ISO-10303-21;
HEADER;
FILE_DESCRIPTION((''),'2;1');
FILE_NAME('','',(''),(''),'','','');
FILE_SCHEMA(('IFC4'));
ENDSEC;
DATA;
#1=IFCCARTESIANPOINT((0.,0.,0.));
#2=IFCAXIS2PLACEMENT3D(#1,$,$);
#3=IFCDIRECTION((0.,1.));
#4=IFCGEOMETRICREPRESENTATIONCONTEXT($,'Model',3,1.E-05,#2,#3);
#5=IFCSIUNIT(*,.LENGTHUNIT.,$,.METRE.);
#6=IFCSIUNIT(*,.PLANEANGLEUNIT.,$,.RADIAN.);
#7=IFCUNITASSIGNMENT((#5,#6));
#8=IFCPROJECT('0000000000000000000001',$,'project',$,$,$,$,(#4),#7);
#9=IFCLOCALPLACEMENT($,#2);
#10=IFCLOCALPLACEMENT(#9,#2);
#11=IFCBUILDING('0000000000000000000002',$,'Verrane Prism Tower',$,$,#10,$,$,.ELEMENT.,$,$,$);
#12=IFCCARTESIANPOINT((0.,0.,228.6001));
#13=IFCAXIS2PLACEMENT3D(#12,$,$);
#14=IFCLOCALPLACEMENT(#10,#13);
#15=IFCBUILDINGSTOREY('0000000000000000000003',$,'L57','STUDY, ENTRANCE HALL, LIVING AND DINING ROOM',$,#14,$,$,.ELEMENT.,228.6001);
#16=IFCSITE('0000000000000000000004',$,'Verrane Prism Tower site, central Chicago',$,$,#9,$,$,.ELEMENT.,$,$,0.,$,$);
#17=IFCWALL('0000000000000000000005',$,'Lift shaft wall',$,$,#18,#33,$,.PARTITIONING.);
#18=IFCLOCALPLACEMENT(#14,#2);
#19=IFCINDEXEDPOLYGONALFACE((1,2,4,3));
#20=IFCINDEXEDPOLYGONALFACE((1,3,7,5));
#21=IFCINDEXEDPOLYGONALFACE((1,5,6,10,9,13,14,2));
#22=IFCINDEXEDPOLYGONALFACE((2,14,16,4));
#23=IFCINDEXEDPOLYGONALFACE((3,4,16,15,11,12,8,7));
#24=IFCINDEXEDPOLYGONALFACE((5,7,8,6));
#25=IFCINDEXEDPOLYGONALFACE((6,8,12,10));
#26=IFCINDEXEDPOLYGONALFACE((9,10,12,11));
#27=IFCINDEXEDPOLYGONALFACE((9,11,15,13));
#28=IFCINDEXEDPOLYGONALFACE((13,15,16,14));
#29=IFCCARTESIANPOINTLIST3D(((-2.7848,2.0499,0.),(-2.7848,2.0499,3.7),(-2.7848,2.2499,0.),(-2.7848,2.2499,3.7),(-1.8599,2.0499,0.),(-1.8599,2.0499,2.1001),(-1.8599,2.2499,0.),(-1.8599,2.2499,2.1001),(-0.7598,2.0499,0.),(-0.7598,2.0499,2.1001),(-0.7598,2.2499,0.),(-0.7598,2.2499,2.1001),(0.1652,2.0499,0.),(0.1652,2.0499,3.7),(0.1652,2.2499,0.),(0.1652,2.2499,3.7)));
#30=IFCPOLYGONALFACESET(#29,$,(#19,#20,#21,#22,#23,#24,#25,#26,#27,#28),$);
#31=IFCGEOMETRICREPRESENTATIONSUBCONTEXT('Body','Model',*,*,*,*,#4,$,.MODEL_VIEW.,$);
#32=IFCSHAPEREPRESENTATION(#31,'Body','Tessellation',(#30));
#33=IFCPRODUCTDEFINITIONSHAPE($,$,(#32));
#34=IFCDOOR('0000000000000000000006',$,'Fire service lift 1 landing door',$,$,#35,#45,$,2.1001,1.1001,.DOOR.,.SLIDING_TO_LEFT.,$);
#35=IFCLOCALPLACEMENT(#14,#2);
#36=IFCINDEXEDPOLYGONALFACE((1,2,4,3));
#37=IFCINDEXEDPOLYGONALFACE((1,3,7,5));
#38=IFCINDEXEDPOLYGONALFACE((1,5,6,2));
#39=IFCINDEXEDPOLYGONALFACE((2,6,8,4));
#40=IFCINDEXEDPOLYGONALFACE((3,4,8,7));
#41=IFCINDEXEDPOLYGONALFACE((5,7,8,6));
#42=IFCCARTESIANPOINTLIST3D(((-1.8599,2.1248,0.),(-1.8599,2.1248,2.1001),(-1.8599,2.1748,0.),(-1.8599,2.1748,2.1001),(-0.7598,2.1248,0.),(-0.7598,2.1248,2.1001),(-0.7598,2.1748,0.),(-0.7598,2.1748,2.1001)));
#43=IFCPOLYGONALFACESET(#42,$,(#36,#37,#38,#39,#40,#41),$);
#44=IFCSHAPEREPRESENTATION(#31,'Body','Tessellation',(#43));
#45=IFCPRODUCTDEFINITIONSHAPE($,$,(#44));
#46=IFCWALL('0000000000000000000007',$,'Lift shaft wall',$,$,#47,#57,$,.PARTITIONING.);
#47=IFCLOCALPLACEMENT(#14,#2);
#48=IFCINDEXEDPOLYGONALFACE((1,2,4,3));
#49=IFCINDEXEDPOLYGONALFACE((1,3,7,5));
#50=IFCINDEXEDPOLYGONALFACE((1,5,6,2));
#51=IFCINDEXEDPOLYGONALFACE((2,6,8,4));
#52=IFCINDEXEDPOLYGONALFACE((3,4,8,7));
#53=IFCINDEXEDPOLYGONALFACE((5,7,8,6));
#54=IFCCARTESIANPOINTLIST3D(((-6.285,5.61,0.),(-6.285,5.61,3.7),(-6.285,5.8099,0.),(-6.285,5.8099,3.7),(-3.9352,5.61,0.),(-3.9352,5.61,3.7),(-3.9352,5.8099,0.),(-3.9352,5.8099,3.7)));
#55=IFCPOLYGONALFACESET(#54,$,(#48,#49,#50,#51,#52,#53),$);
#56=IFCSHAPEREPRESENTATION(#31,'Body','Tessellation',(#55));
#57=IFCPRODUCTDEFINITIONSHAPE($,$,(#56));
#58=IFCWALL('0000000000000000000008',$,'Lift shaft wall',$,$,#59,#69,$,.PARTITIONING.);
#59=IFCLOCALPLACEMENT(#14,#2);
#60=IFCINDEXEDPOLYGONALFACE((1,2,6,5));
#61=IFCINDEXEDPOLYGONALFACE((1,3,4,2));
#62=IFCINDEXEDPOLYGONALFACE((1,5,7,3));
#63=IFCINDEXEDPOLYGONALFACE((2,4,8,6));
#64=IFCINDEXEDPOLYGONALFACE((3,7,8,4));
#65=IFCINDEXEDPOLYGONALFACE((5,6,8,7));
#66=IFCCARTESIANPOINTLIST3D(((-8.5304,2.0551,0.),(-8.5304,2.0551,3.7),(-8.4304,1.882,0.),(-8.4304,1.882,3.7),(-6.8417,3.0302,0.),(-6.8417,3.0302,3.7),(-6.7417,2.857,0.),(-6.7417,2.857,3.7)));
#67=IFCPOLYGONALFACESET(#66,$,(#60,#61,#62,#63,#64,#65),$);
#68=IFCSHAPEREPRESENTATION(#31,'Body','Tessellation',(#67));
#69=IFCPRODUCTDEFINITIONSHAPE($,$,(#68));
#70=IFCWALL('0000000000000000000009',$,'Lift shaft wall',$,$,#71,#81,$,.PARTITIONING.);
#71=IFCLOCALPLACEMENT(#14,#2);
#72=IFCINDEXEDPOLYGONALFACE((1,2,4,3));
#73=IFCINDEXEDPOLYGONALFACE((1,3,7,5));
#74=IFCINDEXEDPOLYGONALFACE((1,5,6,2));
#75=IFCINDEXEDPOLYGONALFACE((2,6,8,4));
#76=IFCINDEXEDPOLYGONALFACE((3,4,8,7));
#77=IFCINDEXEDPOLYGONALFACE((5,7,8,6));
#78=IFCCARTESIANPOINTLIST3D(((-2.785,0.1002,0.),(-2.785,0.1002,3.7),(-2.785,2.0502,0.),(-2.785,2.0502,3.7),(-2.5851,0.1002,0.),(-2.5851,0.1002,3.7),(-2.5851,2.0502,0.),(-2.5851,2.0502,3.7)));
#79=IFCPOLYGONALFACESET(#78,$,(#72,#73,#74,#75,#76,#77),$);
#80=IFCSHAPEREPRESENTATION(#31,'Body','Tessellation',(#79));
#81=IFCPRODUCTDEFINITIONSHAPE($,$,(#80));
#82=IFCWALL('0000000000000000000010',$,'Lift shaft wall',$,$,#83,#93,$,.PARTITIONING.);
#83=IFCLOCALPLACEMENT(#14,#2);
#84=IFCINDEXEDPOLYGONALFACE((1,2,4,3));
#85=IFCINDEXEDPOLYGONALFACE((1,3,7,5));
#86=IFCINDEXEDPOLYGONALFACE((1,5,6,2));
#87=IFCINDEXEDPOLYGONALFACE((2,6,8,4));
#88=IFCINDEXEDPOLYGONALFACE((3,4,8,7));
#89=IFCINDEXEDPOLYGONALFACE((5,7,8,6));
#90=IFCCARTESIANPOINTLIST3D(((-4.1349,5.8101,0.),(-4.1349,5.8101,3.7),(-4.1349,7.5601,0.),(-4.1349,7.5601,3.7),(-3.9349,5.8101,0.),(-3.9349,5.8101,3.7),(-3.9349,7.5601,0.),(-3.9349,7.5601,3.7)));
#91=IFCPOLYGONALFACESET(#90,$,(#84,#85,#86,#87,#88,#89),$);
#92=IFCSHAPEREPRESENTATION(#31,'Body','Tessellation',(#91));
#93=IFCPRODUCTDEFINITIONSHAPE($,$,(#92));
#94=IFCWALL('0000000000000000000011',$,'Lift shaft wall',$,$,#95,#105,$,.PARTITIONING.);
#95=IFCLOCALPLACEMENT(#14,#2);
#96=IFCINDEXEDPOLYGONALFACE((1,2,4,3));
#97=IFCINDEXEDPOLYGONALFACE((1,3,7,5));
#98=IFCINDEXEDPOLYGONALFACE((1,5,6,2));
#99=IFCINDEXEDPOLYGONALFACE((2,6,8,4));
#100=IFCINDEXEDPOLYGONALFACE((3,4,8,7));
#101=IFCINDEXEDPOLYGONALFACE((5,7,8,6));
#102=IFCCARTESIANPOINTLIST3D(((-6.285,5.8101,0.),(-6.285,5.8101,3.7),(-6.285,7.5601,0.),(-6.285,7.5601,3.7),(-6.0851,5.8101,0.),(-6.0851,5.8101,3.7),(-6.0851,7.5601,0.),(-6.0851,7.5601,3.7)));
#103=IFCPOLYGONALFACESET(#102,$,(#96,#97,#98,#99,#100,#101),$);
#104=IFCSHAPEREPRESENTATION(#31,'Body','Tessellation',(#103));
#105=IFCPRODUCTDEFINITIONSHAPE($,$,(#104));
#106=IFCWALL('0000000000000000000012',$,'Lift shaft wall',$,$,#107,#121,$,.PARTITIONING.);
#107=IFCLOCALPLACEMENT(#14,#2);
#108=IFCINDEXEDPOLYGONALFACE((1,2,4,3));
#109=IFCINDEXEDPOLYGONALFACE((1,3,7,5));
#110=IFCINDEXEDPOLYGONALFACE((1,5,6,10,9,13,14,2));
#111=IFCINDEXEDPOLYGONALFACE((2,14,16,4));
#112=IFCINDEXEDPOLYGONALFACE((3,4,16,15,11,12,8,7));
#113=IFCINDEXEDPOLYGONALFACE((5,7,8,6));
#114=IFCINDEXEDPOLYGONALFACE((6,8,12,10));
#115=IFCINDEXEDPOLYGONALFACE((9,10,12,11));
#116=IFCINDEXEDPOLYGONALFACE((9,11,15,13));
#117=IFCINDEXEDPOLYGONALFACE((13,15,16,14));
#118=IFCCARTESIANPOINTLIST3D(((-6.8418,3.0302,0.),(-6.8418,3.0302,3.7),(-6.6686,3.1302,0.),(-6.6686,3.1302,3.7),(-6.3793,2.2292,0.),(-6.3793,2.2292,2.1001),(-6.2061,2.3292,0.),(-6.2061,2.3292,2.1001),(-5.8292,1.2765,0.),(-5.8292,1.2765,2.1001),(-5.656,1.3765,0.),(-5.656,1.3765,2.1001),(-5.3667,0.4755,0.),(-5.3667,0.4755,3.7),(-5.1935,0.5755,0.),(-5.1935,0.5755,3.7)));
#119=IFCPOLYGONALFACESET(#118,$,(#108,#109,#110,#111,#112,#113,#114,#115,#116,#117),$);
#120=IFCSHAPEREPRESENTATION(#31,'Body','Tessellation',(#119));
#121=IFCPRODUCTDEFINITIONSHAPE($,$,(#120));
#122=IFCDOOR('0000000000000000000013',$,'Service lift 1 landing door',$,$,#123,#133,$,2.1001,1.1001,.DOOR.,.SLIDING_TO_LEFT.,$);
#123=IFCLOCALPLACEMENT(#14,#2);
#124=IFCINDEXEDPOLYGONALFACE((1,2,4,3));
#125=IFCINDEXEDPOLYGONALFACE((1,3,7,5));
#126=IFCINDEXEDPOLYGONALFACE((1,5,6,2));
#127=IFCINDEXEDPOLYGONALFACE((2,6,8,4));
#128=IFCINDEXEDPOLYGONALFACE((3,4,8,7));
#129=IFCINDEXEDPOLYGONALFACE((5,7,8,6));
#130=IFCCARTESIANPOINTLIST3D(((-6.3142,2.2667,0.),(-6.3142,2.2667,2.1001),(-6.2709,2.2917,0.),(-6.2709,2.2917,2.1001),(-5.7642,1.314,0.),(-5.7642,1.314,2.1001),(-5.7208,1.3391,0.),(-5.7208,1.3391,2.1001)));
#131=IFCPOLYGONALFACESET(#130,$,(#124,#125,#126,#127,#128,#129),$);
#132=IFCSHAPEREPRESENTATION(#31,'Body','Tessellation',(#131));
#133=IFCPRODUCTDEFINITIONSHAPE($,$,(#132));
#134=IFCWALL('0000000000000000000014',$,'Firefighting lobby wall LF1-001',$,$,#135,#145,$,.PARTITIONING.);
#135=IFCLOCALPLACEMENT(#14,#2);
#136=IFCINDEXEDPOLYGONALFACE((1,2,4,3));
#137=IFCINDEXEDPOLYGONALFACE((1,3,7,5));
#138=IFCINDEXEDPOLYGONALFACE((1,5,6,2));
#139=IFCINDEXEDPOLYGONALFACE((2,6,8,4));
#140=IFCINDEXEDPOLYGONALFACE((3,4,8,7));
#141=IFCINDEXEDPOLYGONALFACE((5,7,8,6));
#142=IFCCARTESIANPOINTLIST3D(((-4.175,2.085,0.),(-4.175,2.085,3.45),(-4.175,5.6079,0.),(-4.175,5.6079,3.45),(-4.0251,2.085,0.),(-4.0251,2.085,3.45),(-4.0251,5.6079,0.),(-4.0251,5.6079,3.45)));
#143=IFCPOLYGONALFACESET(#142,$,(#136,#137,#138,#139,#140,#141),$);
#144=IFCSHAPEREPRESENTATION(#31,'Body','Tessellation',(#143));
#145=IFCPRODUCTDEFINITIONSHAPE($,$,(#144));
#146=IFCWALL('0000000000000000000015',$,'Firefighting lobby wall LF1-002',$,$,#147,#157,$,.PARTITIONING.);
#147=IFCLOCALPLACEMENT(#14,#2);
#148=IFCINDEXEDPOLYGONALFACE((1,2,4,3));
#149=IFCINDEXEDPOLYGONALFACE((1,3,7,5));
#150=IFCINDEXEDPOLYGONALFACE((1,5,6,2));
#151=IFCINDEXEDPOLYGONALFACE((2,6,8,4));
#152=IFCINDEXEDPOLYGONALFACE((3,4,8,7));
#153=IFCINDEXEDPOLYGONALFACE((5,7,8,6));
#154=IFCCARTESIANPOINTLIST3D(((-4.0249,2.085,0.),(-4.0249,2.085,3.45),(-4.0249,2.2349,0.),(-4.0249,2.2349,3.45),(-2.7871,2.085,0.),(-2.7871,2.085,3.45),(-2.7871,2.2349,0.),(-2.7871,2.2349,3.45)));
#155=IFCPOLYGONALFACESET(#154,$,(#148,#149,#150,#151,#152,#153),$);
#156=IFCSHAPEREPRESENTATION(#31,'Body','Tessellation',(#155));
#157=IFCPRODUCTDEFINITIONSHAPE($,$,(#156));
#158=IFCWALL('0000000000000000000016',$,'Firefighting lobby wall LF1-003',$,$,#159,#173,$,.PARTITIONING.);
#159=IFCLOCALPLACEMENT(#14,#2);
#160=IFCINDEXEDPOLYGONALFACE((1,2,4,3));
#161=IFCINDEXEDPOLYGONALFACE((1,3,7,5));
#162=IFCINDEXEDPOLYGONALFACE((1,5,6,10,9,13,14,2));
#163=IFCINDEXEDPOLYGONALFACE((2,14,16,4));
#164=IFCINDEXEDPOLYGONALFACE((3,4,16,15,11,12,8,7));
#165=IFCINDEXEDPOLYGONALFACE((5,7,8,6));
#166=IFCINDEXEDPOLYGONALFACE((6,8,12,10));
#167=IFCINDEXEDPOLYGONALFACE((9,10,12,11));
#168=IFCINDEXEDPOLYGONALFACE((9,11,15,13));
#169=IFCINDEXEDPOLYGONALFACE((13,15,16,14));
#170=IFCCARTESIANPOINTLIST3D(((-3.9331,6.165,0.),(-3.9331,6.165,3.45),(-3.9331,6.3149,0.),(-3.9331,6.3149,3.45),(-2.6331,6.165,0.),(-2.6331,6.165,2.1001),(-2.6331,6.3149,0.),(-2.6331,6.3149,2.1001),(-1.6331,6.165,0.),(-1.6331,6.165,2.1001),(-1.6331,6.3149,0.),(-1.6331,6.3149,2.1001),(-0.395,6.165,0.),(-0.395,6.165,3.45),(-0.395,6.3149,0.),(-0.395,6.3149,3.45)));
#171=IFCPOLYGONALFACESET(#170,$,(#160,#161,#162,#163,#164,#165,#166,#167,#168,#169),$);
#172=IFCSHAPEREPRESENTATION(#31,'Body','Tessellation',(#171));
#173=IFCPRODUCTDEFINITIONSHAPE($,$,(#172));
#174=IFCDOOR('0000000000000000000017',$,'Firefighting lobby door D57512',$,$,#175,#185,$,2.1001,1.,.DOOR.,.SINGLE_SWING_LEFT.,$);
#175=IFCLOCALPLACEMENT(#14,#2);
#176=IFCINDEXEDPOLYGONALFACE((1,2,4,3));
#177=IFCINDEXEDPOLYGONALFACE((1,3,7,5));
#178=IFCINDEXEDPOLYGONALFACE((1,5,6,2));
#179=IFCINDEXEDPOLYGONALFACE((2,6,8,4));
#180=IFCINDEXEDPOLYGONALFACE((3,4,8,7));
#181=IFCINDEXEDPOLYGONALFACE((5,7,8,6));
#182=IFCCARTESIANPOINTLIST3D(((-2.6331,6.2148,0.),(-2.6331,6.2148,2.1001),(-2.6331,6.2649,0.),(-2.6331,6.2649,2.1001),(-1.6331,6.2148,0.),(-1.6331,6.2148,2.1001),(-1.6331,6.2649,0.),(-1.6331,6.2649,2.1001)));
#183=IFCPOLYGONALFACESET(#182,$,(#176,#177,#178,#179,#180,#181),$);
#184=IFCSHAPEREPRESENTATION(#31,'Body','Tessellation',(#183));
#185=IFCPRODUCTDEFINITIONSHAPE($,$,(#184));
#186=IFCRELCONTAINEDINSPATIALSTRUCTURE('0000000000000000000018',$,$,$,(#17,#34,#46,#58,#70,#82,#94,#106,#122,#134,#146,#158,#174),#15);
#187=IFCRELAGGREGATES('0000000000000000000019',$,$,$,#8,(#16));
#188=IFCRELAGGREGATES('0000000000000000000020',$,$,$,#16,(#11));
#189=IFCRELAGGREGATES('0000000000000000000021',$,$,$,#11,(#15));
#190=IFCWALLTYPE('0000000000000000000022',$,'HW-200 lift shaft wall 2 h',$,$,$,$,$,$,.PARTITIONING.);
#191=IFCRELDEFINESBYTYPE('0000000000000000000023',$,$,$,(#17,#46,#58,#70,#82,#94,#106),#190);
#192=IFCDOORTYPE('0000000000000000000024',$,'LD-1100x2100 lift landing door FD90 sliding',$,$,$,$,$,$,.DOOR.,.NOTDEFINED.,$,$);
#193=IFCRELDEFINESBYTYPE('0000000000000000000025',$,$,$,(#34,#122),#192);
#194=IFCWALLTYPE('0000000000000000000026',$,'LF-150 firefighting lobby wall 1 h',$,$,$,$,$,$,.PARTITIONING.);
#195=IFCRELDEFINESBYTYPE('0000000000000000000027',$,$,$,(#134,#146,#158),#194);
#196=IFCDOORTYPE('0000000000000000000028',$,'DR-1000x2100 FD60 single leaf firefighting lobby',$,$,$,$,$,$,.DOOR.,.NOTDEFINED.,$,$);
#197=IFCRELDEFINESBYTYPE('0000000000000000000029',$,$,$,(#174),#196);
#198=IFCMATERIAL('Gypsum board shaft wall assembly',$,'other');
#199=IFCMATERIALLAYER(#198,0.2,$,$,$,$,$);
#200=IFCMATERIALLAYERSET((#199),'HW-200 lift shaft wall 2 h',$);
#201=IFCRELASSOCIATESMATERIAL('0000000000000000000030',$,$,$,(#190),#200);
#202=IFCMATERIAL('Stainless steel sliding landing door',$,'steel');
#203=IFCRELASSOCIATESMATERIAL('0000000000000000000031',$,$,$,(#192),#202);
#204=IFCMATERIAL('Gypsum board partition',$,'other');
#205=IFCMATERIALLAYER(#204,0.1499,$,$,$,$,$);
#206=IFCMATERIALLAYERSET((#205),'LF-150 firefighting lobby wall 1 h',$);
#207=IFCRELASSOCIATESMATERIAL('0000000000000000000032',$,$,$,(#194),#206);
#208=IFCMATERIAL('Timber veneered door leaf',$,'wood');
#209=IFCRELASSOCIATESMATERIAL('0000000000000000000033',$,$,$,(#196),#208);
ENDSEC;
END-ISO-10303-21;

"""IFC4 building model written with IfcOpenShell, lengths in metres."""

from ifc_helpers import new_model, si_unit, direction, frame, frame_2d, origin, place, context, subcontext, project, spatial, rectangle, extrude, material, layer, layer_set, type_object, element, fill, save


model = new_model("IFC4")

# Units and contexts
model_context = context("Model", 3, precision=1e-05, world=origin(), true_north=direction((0.0, 1.0)))
body_context = subcontext(model_context, "Body", "Model", "MODEL_VIEW")
ifc_project = project(units=[si_unit("LENGTHUNIT", "METRE"), si_unit("PLANEANGLEUNIT", "RADIAN")], contexts=[model_context])

# Site, building, storey
site_placement = place(None, origin())
site = spatial("IfcSite", under=ifc_project, at=site_placement, Name="Verrane Prism Tower site, central Chicago", CompositionType="ELEMENT", RefElevation=0.0)
building_placement = place(site_placement, origin())
building = spatial("IfcBuilding", under=site, at=building_placement, Name="Verrane Prism Tower", CompositionType="ELEMENT")
storey_placement = place(building_placement, frame((0.0, 0.0, 228.6001)))
storey = spatial("IfcBuildingStorey", under=building, at=storey_placement, Name="L57", Description="STUDY, ENTRANCE HALL, LIVING AND DINING ROOM", CompositionType="ELEMENT", Elevation=228.6001)

# Wall, opening, door
ifc_material_1 = material(Name="Gypsum board shaft wall assembly", Category="other")
ifc_layer_1 = layer(ifc_material_1, 0.2)
ifc_layer_set_1 = layer_set([ifc_layer_1], Name="HW-200 lift shaft wall 2 h")
wall_type_1 = type_object("IfcWallType", Name="HW-200 lift shaft wall 2 h", PredefinedType="PARTITIONING", material=ifc_layer_set_1)
wall_1_placement = place(storey_placement, frame((-2.7849, 2.1499, 0.0), z_axis=(0.0, 0.0, 1.0), x_axis=(1.0, 0.0, 0.0)))
wall_1 = element("IfcWall", 1, at=wall_1_placement, inside=storey, type_object=wall_type_1, Name="Lift shaft wall", PredefinedType="PARTITIONING", context=body_context, shape_type="SweptSolid", body=[
    extrude(rectangle(XDim=2.95, YDim=0.2, at=frame_2d((1.4751, 0.0))), origin(), (0.0, 0.0, 1.0), 3.7),
])
opening_1_placement = place(wall_1_placement, frame((0.925, 0.0, 0.0)))
opening_1 = element("IfcOpeningElement", 2, at=opening_1_placement, cuts=wall_1, PredefinedType="OPENING", context=body_context, shape_type="SweptSolid", body=[
    extrude(rectangle(XDim=1.1001, YDim=2.1001, at=frame_2d((0.55, 1.05))), frame((0.0, 0.1099, 0.0), z_axis=(0.0, -1.0, 0.0), x_axis=(1.0, 0.0, 0.0)), (0.0, 0.0, 1.0), 0.22),
])
ifc_material_2 = material(Name="Stainless steel sliding landing door", Category="steel")
door_type_1 = type_object("IfcDoorType", Name="LD-1100x2100 lift landing door FD90 sliding", OperationType="NOTDEFINED", PredefinedType="DOOR", material=ifc_material_2)
door_1_placement = place(opening_1_placement, origin())
door_1 = element("IfcDoor", 3, at=door_1_placement, inside=storey, type_object=door_type_1, Name="Fire service lift 1 landing door", OperationType="SLIDING_TO_LEFT", OverallHeight=2.1001, OverallWidth=1.1001, PredefinedType="DOOR", context=body_context, shape_type="SweptSolid", body=[
    extrude(rectangle(XDim=1.1001, YDim=2.1001, at=frame_2d((0.55, 1.05))), frame((0.0, 0.0249, 0.0), z_axis=(0.0, -1.0, 0.0), x_axis=(1.0, 0.0, 0.0)), (0.0, 0.0, 1.0), 0.05),
])
fill(opening_1, door_1)

# Walls
wall_2_placement = place(storey_placement, frame((-6.2849, 5.71, 0.0), z_axis=(0.0, 0.0, 1.0), x_axis=(1.0, 0.0, 0.0)))
element("IfcWall", 4, at=wall_2_placement, inside=storey, type_object=wall_type_1, Name="Lift shaft wall", PredefinedType="PARTITIONING", context=body_context, shape_type="SweptSolid", body=[
    extrude(rectangle(XDim=2.3499, YDim=0.2, at=frame_2d((1.1748, 0.0))), origin(), (0.0, 0.0, 1.0), 3.7),
])
for number, where, z_axis, x_axis, name in (
    (5, (-8.4805, 1.9685, 0.0), (0.0, 0.0, 1.0), (0.866, 0.500044, 0.0), "Lift shaft wall"),
    (6, (-2.6851, 0.1001, 0.0), (0.0, 0.0, 1.0), (0.0, 1.0, 0.0), "Lift shaft wall"),
):
    element("IfcWall", number, at=place(storey_placement, frame(where, z_axis=z_axis, x_axis=x_axis)), inside=storey, type_object=wall_type_1, Name=name, PredefinedType="PARTITIONING", context=body_context, shape_type="SweptSolid", body=[
        extrude(rectangle(XDim=1.95, YDim=0.2, at=frame_2d((0.9751, 0.0))), origin(), (0.0, 0.0, 1.0), 3.7),
    ])
for number, where, z_axis, x_axis, name in (
    (7, (-4.0349, 5.8101, 0.0), (0.0, 0.0, 1.0), (0.0, 1.0, 0.0), "Lift shaft wall"),
    (8, (-6.1851, 5.8101, 0.0), (0.0, 0.0, 1.0), (0.0, 1.0, 0.0), "Lift shaft wall"),
):
    element("IfcWall", number, at=place(storey_placement, frame(where, z_axis=z_axis, x_axis=x_axis)), inside=storey, type_object=wall_type_1, Name=name, PredefinedType="PARTITIONING", context=body_context, shape_type="SweptSolid", body=[
        extrude(rectangle(XDim=1.75, YDim=0.2, at=frame_2d((0.875, 0.0))), origin(), (0.0, 0.0, 1.0), 3.7),
    ])

# Wall, opening, door
wall_3_placement = place(storey_placement, frame((-5.28, 0.5254, 0.0), z_axis=(0.0, 0.0, 1.0), x_axis=(-0.500038, 0.866004, 0.0)))
wall_3 = element("IfcWall", 9, at=wall_3_placement, inside=storey, type_object=wall_type_1, Name="Lift shaft wall", PredefinedType="PARTITIONING", context=body_context, shape_type="SweptSolid", body=[
    extrude(rectangle(XDim=2.95, YDim=0.2, at=frame_2d((1.4751, 0.0))), origin(), (0.0, 0.0, 1.0), 3.7),
])
opening_2_placement = place(wall_3_placement, frame((0.925, 0.0, 0.0)))
opening_2 = element("IfcOpeningElement", 10, at=opening_2_placement, cuts=wall_3, PredefinedType="OPENING", context=body_context, shape_type="SweptSolid", body=[
    extrude(rectangle(XDim=1.1001, YDim=2.1001, at=frame_2d((0.55, 1.05))), frame((0.0, 0.1099, 0.0), z_axis=(0.0, -1.0, 0.0), x_axis=(1.0, 0.0, 0.0)), (0.0, 0.0, 1.0), 0.22),
])
door_2_placement = place(opening_2_placement, origin())
door_2 = element("IfcDoor", 11, at=door_2_placement, inside=storey, type_object=door_type_1, Name="Service lift 1 landing door", OperationType="SLIDING_TO_LEFT", OverallHeight=2.1001, OverallWidth=1.1001, PredefinedType="DOOR", context=body_context, shape_type="SweptSolid", body=[
    extrude(rectangle(XDim=1.1001, YDim=2.1001, at=frame_2d((0.55, 1.05))), frame((0.0, 0.0249, 0.0), z_axis=(0.0, -1.0, 0.0), x_axis=(1.0, 0.0, 0.0)), (0.0, 0.0, 1.0), 0.05),
])
fill(opening_2, door_2)

# Walls
ifc_material_3 = material(Name="Gypsum board partition", Category="other")
ifc_layer_2 = layer(ifc_material_3, 0.1499)
ifc_layer_set_2 = layer_set([ifc_layer_2], Name="LF-150 firefighting lobby wall 1 h")
wall_type_2 = type_object("IfcWallType", Name="LF-150 firefighting lobby wall 1 h", PredefinedType="PARTITIONING", material=ifc_layer_set_2)
wall_4_placement = place(storey_placement, frame((-4.1001, 2.085, 0.0), z_axis=(0.0, 0.0, 1.0), x_axis=(0.0, 1.0, 0.0)))
element("IfcWall", 12, at=wall_4_placement, inside=storey, type_object=wall_type_2, Name="Firefighting lobby wall LF1-001", PredefinedType="PARTITIONING", context=body_context, shape_type="SweptSolid", body=[
    extrude(rectangle(XDim=3.5229, YDim=0.1499, at=frame_2d((1.7615, 0.0))), origin(), (0.0, 0.0, 1.0), 3.45),
])
wall_5_placement = place(storey_placement, frame((-4.0249, 2.1599, 0.0), z_axis=(0.0, 0.0, 1.0), x_axis=(1.0, 0.0, 0.0)))
element("IfcWall", 13, at=wall_5_placement, inside=storey, type_object=wall_type_2, Name="Firefighting lobby wall LF1-002", PredefinedType="PARTITIONING", context=body_context, shape_type="SweptSolid", body=[
    extrude(rectangle(XDim=1.2378, YDim=0.1499, at=frame_2d((0.6189, 0.0))), origin(), (0.0, 0.0, 1.0), 3.45),
])

# Wall, opening, door
wall_6_placement = place(storey_placement, frame((-3.9331, 6.24, 0.0), z_axis=(0.0, 0.0, 1.0), x_axis=(1.0, 0.0, 0.0)))
wall_6 = element("IfcWall", 14, at=wall_6_placement, inside=storey, type_object=wall_type_2, Name="Firefighting lobby wall LF1-003", PredefinedType="PARTITIONING", context=body_context, shape_type="SweptSolid", body=[
    extrude(rectangle(XDim=3.5381, YDim=0.1499, at=frame_2d((1.769, 0.0))), origin(), (0.0, 0.0, 1.0), 3.45),
])
opening_3_placement = place(wall_6_placement, frame((1.3, 0.0, 0.0)))
opening_3 = element("IfcOpeningElement", 15, at=opening_3_placement, cuts=wall_6, PredefinedType="OPENING", context=body_context, shape_type="SweptSolid", body=[
    extrude(rectangle(XDim=1.0, YDim=2.1001, at=frame_2d((0.5, 1.05))), frame((0.0, 0.085, 0.0), z_axis=(0.0, -1.0, 0.0), x_axis=(1.0, 0.0, 0.0)), (0.0, 0.0, 1.0), 0.1699),
])
ifc_material_4 = material(Name="Timber veneered door leaf", Category="wood")
door_type_2 = type_object("IfcDoorType", Name="DR-1000x2100 FD60 single leaf firefighting lobby", OperationType="NOTDEFINED", PredefinedType="DOOR", material=ifc_material_4)
door_3_placement = place(opening_3_placement, origin())
door_3 = element("IfcDoor", 16, at=door_3_placement, inside=storey, type_object=door_type_2, Name="Firefighting lobby door D57512", OperationType="SINGLE_SWING_LEFT", OverallHeight=2.1001, OverallWidth=1.0, PredefinedType="DOOR", context=body_context, shape_type="SweptSolid", body=[
    extrude(rectangle(XDim=1.0, YDim=2.1001, at=frame_2d((0.5, 1.05))), frame((0.0, 0.0249, 0.0), z_axis=(0.0, -1.0, 0.0), x_axis=(1.0, 0.0, 0.0)), (0.0, 0.0, 1.0), 0.05),
])
fill(opening_3, door_3)

save(model, "model.ifc")
